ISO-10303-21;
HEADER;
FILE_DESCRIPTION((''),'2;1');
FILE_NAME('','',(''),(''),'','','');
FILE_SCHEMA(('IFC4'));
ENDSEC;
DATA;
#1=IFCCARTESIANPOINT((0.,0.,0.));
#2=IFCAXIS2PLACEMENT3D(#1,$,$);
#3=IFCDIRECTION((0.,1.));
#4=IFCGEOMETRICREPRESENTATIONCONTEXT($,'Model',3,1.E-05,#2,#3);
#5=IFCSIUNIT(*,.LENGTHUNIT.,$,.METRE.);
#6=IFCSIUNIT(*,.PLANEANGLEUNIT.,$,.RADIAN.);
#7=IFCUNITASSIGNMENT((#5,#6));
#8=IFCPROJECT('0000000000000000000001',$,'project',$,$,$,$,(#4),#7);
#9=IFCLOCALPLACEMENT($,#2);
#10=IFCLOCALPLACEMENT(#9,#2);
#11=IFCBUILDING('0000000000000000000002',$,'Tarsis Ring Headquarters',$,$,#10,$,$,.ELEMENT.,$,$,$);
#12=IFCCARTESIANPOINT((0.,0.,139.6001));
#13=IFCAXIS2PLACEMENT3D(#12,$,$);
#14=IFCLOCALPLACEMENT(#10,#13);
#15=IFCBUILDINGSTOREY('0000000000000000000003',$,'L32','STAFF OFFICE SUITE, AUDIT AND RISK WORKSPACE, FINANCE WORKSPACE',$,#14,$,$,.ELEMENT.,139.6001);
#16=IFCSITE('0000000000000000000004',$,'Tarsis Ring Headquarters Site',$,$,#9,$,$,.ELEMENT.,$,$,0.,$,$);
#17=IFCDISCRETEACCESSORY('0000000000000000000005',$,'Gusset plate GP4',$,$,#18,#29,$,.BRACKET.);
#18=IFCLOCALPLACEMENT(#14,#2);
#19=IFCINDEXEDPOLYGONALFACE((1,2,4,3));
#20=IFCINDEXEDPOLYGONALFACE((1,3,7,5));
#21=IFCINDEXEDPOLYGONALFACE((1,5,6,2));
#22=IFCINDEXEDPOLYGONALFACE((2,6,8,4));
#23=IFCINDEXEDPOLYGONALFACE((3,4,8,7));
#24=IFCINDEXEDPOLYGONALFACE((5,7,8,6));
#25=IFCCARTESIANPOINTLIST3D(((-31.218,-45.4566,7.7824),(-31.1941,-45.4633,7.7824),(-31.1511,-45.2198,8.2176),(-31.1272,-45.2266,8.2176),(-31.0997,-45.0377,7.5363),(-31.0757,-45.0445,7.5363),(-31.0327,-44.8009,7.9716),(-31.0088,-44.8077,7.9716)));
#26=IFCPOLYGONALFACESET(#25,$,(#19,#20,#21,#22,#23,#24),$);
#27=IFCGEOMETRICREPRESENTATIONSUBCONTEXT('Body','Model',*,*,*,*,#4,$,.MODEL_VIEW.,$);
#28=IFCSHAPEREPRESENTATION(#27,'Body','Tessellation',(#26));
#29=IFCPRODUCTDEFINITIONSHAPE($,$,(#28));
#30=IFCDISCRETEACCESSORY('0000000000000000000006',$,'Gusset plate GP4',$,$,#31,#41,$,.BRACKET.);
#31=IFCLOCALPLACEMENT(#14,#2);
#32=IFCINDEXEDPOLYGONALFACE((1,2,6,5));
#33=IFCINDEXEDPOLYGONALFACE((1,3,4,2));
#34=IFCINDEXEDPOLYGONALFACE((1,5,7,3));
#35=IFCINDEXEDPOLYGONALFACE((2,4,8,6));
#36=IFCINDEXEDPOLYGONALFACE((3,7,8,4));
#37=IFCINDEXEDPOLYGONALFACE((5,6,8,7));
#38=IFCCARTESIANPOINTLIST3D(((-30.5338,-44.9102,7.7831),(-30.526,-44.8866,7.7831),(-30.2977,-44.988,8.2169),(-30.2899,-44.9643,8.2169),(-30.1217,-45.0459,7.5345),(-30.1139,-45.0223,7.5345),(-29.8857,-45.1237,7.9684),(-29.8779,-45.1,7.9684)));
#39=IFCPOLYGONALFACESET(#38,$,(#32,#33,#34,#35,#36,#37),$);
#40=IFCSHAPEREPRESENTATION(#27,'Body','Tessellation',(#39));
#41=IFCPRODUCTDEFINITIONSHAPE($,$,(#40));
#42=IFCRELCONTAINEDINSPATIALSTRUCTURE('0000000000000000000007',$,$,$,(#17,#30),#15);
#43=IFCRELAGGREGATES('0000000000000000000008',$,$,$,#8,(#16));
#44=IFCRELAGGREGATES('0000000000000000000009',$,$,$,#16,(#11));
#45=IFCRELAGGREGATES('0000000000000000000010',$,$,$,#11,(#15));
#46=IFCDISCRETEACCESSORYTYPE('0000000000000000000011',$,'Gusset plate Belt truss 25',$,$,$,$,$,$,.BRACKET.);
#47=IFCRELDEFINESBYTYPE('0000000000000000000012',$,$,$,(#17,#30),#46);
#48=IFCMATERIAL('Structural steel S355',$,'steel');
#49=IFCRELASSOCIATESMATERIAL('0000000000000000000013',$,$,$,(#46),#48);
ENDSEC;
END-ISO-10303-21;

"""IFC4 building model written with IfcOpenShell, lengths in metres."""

from ifc_helpers import new_model, si_unit, direction, frame, origin, origin_2d, place, context, subcontext, project, spatial, rectangle, extrude, material, material_profile, profile_set, type_object, element, save


model = new_model("IFC4")

# Units and contexts
model_context = context("Model", 3, precision=1e-05, world=origin(), true_north=direction((0.0, 1.0)))
body_context = subcontext(model_context, "Body", "Model", "MODEL_VIEW")
ifc_project = project(units=[si_unit("LENGTHUNIT", "METRE"), si_unit("PLANEANGLEUNIT", "RADIAN")], contexts=[model_context])

# Site, building, storey
site_placement = place(None, origin())
site = spatial("IfcSite", under=ifc_project, at=site_placement, Name="Tarsis Ring Headquarters Site", CompositionType="ELEMENT", RefElevation=0.0)
building_placement = place(site_placement, origin())
building = spatial("IfcBuilding", under=site, at=building_placement, Name="Tarsis Ring Headquarters", CompositionType="ELEMENT")
storey_placement = place(building_placement, frame((0.0, 0.0, 139.6001)))
storey = spatial("IfcBuildingStorey", under=building, at=storey_placement, Name="L32", Description="STAFF OFFICE SUITE, AUDIT AND RISK WORKSPACE, FINANCE WORKSPACE", CompositionType="ELEMENT", Elevation=139.6001)

# Shared definitions
ifc_material_1 = material(Name="Structural steel S355", Category="steel")

# Discrete accessories
ifc_material_profile_1 = material_profile(ifc_material_1, rectangle(XDim=0.0249, YDim=0.5, at=origin_2d()), Name="PL 25x500")
ifc_profile_set_1 = profile_set([ifc_material_profile_1], Name="Structural steel S355")
discrete_accessory_type = type_object("IfcDiscreteAccessoryType", Name="Gusset plate Belt truss 25", PredefinedType="BRACKET", material=ifc_profile_set_1)
for number, where, z_axis, x_axis, name in (
    (1, (-31.1726, -45.3416, 8.0), (0.23677, 0.837727, -0.492091), (-0.962303, 0.27198, 0.0), "Gusset plate GP4"),
    (2, (-30.4119, -44.9373, 8.0), (0.82417, -0.271468, -0.497041), (0.31285, 0.949803, 0.0), "Gusset plate GP4"),
):
    element("IfcDiscreteAccessory", number, at=place(storey_placement, frame(where, z_axis=z_axis, x_axis=x_axis)), inside=storey, type_object=discrete_accessory_type, Name=name, PredefinedType="BRACKET", context=body_context, shape_type="SweptSolid", body=[
        extrude(rectangle(XDim=0.0249, YDim=0.5, at=origin_2d()), origin(), (0.0, 0.0, 1.0), 0.5),
    ])

save(model, "model.ifc")
